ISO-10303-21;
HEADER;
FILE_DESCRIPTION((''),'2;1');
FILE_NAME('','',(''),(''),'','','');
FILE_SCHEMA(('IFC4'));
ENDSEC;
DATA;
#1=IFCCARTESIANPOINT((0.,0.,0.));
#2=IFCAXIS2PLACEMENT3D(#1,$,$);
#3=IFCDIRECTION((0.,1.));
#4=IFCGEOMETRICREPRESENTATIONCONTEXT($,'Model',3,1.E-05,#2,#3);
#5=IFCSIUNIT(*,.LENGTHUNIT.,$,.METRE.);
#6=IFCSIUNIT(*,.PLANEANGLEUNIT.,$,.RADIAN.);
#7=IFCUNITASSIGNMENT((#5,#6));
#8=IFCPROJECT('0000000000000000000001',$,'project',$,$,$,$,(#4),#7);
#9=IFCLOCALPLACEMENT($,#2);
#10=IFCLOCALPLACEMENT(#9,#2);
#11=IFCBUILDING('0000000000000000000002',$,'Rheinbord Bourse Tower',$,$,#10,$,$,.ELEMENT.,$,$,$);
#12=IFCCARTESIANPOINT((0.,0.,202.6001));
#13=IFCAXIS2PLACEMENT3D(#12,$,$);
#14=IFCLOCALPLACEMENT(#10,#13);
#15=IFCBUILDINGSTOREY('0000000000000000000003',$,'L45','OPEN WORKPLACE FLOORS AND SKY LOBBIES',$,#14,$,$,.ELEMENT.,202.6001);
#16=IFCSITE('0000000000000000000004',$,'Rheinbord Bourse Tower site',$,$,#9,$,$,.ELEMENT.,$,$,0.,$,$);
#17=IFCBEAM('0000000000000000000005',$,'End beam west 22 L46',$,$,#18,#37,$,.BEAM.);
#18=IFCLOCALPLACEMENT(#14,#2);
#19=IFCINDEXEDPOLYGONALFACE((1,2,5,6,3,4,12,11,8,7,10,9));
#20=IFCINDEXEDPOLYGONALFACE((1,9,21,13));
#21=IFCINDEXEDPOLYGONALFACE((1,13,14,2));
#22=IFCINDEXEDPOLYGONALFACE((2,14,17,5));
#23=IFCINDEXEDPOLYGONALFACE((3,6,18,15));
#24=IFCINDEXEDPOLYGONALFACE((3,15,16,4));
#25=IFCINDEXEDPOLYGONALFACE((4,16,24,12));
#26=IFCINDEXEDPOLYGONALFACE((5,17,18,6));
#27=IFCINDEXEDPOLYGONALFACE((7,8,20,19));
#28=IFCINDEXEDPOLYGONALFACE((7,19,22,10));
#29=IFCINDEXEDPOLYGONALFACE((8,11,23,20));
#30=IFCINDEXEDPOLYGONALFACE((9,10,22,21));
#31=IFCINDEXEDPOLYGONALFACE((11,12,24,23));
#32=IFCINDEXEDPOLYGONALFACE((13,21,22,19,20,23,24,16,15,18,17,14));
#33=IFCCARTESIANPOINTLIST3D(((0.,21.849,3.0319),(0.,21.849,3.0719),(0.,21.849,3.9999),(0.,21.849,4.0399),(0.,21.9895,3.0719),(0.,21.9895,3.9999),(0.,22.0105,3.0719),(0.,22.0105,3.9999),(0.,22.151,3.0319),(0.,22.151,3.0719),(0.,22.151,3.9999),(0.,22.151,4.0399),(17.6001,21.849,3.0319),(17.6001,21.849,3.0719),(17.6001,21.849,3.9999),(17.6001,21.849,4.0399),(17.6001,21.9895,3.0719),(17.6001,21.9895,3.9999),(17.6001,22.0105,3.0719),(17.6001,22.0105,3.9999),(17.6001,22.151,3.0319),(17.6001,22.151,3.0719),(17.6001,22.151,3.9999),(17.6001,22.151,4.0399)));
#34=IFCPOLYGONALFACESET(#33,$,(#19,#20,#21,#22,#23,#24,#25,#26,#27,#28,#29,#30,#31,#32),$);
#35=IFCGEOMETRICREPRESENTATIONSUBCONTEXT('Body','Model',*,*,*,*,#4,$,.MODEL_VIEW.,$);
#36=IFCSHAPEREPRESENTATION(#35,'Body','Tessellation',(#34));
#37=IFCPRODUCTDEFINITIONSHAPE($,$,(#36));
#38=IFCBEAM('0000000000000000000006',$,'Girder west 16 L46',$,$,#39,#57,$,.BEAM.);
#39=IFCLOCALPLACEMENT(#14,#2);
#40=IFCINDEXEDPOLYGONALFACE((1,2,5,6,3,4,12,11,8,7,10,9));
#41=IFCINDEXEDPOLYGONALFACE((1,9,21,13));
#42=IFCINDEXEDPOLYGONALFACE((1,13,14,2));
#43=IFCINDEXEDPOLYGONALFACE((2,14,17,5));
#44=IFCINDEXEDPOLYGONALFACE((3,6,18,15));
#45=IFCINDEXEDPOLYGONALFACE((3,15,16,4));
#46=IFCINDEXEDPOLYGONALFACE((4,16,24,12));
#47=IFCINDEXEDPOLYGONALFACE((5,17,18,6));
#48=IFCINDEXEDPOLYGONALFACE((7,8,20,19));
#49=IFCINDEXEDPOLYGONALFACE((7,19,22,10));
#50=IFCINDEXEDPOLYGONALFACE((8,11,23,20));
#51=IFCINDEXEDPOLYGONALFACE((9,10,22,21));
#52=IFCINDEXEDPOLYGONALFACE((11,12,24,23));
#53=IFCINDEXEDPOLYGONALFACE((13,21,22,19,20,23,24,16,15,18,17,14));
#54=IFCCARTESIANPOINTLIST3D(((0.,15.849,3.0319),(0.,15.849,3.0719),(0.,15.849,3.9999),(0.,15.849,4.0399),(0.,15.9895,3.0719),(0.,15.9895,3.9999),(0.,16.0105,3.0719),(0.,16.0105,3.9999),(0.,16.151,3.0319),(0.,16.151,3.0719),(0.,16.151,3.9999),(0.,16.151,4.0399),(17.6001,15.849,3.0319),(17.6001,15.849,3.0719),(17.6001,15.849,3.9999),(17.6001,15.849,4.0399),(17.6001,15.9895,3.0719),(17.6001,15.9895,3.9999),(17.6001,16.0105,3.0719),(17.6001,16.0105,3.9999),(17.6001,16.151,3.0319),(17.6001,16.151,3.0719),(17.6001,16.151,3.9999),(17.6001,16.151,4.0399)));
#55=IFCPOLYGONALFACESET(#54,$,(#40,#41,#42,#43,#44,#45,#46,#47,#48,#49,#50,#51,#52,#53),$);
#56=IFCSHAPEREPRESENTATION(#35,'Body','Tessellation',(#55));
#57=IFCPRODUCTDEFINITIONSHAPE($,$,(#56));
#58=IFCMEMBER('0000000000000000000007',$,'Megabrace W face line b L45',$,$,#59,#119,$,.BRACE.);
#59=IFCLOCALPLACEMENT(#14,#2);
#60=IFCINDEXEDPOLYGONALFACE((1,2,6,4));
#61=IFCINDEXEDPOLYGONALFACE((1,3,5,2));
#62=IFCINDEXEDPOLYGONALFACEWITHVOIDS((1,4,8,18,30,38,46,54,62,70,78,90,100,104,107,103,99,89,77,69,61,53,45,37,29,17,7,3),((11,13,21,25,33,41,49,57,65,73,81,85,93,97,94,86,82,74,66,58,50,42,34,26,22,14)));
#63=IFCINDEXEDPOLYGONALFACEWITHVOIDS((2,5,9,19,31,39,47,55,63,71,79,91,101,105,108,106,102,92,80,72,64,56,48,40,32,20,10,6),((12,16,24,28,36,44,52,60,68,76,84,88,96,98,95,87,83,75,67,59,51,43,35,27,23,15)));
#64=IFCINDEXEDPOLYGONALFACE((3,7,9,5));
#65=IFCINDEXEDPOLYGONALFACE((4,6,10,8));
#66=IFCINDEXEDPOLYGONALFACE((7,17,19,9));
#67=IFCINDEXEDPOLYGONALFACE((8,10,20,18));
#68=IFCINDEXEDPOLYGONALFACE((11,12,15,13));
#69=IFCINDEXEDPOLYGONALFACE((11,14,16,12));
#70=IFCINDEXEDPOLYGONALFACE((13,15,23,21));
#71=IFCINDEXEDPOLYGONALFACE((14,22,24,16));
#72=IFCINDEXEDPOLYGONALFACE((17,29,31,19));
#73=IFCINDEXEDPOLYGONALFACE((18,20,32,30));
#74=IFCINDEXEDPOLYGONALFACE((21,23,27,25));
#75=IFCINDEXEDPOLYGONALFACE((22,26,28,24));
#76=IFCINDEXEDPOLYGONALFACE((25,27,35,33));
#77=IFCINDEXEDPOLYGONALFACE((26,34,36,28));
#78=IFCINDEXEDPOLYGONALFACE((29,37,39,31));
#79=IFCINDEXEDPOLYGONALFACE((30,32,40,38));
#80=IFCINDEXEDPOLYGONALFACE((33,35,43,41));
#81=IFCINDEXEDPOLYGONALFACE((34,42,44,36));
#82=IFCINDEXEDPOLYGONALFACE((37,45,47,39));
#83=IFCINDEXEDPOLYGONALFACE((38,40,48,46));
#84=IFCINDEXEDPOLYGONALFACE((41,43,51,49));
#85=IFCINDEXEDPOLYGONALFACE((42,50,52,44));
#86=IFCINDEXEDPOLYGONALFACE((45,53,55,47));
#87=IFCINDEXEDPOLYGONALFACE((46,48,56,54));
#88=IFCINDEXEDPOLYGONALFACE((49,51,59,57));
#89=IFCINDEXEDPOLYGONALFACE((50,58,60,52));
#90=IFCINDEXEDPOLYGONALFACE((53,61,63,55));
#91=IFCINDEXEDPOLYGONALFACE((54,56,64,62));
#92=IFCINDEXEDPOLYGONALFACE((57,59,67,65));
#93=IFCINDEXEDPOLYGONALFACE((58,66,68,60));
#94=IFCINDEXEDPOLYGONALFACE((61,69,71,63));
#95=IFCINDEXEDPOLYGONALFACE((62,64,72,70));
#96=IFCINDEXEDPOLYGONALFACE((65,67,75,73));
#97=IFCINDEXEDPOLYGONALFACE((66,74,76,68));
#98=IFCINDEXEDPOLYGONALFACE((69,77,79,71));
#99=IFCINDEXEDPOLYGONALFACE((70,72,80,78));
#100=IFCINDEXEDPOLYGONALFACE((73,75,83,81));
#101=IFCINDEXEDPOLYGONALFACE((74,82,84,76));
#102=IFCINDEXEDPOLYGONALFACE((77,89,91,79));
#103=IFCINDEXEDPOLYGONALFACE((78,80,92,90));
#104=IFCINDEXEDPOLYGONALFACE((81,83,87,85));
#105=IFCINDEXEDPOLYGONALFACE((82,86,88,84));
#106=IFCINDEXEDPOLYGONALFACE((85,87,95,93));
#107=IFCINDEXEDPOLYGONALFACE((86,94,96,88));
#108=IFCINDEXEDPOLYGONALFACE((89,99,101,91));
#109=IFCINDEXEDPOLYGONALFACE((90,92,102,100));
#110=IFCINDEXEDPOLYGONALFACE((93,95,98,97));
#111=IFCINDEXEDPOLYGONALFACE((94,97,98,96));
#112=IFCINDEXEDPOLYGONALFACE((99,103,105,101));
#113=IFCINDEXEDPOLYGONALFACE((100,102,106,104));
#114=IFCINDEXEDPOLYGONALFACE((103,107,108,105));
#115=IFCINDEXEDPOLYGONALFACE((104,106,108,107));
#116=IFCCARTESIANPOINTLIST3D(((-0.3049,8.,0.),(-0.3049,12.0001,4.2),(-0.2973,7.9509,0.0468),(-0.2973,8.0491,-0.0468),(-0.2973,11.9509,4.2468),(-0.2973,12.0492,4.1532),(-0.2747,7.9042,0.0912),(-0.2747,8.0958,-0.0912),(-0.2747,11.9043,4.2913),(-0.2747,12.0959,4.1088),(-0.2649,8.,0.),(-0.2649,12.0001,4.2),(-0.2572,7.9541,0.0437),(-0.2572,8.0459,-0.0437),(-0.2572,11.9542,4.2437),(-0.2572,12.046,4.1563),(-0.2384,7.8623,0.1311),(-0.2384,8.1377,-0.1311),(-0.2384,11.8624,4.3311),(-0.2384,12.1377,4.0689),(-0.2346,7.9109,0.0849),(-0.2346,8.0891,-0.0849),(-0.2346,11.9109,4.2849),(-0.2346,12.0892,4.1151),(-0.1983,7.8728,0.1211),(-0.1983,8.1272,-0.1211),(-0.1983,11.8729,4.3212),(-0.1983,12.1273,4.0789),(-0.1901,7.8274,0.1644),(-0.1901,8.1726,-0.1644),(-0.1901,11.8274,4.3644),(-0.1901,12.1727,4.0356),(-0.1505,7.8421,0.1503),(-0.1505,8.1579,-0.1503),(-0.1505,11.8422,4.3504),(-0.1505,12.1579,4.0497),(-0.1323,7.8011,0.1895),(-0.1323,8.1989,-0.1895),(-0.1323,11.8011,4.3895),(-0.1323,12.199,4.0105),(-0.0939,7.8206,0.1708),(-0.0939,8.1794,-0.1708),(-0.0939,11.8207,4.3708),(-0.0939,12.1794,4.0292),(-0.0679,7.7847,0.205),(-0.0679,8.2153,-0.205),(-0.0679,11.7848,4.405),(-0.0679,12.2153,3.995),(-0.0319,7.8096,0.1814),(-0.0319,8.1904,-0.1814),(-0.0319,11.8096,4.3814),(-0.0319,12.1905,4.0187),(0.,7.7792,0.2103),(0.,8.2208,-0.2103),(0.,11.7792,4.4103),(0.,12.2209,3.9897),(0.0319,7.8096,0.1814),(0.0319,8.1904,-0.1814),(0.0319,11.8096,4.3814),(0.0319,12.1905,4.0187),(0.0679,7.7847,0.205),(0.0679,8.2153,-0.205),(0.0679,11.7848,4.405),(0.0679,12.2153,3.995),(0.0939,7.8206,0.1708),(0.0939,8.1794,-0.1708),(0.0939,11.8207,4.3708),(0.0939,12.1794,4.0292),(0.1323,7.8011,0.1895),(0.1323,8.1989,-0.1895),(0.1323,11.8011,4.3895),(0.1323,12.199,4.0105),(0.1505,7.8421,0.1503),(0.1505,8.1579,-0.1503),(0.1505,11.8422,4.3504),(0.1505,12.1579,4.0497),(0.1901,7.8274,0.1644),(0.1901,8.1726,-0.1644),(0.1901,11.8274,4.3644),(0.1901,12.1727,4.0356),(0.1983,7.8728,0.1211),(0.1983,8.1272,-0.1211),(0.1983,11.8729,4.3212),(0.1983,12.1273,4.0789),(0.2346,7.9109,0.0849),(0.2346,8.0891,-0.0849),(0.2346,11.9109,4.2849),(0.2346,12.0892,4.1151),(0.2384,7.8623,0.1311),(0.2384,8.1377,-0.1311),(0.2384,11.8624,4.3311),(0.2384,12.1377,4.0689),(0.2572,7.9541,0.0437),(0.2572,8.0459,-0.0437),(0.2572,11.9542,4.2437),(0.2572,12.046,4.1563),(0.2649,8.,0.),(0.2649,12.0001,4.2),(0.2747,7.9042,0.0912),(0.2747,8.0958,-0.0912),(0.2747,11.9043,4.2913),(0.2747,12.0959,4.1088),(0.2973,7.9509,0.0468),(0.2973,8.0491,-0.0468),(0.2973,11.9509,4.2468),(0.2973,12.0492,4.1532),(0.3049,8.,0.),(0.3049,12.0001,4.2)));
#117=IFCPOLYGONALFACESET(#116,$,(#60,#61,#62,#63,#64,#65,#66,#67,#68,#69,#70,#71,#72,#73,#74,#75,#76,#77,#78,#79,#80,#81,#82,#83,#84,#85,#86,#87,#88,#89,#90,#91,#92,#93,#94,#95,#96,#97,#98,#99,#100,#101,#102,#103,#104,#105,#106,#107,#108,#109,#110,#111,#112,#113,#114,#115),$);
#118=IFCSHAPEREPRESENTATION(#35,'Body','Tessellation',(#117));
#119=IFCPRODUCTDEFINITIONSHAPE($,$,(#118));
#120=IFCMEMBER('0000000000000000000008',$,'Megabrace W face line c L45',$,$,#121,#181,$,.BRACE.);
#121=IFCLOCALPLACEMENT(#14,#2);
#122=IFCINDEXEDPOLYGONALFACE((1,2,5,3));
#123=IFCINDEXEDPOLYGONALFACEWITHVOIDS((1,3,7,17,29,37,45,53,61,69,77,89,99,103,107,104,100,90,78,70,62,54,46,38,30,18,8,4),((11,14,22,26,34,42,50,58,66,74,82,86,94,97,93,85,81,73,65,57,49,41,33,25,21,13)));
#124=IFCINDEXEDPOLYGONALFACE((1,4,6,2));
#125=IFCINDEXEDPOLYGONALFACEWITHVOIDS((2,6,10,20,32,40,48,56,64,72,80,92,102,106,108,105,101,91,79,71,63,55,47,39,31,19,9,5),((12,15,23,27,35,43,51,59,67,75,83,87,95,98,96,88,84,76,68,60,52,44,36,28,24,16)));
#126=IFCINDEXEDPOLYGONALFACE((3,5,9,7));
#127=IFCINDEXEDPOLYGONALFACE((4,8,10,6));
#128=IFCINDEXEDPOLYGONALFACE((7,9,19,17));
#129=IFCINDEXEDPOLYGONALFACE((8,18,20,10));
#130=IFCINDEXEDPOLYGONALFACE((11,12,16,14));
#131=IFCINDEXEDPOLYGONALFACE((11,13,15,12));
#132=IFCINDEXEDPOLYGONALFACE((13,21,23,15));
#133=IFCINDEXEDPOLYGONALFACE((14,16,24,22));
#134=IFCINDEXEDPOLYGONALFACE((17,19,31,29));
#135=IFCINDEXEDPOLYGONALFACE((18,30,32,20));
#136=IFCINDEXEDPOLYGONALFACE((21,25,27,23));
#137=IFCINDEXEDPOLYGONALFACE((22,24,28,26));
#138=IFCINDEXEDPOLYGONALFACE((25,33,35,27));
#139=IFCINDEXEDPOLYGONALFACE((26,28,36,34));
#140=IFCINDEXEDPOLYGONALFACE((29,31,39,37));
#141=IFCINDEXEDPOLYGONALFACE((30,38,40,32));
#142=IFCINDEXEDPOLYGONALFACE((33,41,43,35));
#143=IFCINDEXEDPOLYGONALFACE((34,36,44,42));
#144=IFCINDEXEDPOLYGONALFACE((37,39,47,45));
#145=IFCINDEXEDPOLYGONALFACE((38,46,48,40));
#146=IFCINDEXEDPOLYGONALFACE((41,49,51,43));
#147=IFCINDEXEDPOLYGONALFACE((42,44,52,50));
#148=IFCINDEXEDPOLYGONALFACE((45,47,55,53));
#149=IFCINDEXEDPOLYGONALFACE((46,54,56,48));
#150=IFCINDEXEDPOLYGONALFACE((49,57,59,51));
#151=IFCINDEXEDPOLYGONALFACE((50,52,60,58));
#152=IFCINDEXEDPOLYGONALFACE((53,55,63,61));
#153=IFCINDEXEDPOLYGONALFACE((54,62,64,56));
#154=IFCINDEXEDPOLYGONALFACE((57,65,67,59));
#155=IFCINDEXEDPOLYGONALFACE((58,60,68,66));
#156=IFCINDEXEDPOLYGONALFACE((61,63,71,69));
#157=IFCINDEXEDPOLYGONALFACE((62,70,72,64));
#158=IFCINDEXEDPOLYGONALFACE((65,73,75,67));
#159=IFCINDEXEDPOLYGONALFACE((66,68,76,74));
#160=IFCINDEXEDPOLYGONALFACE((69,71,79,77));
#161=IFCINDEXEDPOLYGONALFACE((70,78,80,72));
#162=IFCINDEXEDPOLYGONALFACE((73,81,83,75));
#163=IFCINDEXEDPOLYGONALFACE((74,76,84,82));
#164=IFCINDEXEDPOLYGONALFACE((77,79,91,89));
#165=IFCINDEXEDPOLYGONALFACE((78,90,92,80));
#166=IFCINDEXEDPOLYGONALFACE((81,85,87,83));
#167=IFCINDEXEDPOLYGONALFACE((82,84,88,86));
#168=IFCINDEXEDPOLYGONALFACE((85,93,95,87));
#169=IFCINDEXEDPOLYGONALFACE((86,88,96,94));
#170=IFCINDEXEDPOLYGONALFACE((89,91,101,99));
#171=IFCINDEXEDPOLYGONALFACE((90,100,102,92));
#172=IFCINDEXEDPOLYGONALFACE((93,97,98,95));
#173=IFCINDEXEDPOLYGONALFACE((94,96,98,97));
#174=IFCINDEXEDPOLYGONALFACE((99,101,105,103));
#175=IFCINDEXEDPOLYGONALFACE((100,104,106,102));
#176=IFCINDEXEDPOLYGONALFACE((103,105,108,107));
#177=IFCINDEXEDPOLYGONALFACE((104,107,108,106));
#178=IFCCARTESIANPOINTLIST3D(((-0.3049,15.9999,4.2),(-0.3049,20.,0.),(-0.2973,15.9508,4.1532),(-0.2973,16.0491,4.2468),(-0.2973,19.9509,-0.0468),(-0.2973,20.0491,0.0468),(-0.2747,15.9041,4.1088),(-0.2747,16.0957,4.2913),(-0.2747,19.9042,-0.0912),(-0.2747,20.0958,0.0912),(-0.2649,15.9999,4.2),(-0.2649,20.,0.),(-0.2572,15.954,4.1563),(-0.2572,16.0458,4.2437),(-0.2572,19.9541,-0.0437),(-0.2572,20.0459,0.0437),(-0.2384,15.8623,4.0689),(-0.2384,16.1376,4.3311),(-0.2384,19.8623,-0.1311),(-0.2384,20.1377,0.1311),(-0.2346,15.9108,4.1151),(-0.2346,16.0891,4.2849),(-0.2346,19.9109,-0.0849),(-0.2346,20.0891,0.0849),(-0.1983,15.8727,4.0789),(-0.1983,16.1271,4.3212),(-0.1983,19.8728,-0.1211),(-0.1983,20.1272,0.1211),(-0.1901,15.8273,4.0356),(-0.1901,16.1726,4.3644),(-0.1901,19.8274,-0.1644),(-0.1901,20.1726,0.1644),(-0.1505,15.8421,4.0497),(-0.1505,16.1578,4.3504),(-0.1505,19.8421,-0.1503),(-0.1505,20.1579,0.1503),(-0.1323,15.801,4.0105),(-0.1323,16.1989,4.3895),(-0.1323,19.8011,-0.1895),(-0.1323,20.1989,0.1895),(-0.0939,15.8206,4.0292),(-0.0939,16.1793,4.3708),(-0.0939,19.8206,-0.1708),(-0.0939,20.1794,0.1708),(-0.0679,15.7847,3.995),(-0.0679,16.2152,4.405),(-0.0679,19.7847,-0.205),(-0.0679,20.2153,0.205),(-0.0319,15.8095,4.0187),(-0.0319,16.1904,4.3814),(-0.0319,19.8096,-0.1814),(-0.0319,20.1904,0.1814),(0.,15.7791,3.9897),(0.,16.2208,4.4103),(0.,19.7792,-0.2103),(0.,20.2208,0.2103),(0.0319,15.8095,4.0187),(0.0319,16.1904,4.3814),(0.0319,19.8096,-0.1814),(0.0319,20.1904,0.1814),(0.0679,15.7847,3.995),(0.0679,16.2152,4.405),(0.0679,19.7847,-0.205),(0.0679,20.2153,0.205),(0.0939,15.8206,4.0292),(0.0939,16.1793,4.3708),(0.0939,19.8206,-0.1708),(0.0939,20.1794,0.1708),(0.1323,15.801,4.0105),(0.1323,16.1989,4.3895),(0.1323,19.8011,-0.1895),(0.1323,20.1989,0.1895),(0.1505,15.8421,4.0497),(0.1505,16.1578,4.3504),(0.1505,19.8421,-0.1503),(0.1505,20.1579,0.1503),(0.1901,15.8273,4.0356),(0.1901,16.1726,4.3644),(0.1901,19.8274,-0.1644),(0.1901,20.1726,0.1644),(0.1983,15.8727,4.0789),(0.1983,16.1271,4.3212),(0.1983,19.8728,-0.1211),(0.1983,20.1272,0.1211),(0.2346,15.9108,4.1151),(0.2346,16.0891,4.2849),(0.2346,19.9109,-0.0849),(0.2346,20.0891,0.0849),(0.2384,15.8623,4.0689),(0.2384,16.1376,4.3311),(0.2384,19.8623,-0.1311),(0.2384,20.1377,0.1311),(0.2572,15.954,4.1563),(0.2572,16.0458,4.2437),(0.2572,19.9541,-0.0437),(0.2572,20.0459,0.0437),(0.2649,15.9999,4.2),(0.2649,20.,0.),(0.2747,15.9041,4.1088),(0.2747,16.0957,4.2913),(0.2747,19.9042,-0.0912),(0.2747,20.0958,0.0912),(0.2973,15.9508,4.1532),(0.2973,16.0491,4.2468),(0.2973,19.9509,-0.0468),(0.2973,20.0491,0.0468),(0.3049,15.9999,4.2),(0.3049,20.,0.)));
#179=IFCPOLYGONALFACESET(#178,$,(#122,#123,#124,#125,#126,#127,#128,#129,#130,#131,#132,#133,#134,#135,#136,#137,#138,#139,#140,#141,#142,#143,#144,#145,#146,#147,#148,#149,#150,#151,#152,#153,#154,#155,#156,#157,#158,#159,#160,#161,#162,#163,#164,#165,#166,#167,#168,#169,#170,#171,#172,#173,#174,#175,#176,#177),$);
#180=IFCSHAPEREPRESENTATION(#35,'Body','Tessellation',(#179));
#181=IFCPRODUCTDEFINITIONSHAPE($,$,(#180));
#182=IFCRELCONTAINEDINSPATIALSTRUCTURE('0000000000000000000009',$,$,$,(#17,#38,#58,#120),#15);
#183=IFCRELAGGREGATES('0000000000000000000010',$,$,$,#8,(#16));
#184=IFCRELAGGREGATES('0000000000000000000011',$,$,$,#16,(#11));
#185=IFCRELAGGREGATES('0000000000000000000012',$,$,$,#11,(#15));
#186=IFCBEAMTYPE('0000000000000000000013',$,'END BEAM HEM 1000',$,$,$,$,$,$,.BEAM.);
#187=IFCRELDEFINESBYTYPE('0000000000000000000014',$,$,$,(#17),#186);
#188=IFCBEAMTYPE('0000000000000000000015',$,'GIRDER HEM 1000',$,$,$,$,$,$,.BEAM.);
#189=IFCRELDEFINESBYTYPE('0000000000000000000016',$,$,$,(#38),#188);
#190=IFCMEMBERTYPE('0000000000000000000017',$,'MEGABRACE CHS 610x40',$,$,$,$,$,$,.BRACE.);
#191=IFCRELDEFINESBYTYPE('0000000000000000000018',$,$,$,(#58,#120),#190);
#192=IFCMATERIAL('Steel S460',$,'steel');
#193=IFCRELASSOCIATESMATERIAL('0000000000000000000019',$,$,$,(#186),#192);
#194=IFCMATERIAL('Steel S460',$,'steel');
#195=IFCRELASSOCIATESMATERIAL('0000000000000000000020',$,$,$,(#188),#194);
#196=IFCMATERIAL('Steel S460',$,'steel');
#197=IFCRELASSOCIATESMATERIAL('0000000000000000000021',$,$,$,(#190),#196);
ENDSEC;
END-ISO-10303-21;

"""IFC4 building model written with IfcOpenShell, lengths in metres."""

from ifc_helpers import new_model, si_unit, direction, frame, origin, origin_2d, place, context, subcontext, project, spatial, hollow_circle, i_section, extrude, material, material_profile, profile_set, type_object, element, save


model = new_model("IFC4")

# Units and contexts
model_context = context("Model", 3, precision=1e-05, world=origin(), true_north=direction((0.0, 1.0)))
body_context = subcontext(model_context, "Body", "Model", "MODEL_VIEW")
ifc_project = project(units=[si_unit("LENGTHUNIT", "METRE"), si_unit("PLANEANGLEUNIT", "RADIAN")], contexts=[model_context])

# Site, building, storey
site_placement = place(None, origin())
site = spatial("IfcSite", under=ifc_project, at=site_placement, Name="Rheinbord Bourse Tower site", CompositionType="ELEMENT", RefElevation=0.0)
building_placement = place(site_placement, origin())
building = spatial("IfcBuilding", under=site, at=building_placement, Name="Rheinbord Bourse Tower", CompositionType="ELEMENT")
storey_placement = place(building_placement, frame((0.0, 0.0, 202.6001)))
storey = spatial("IfcBuildingStorey", under=building, at=storey_placement, Name="L45", Description="OPEN WORKPLACE FLOORS AND SKY LOBBIES", CompositionType="ELEMENT", Elevation=202.6001)

# Beams
ifc_material_1 = material(Name="Steel S460", Category="steel")
ifc_material_profile_1 = material_profile(ifc_material_1, i_section(OverallWidth=0.302, OverallDepth=1.0081, WebThickness=0.021, FlangeThickness=0.04, at=origin_2d()), Name="HEM 1000")
ifc_profile_set_1 = profile_set([ifc_material_profile_1], Name="Steel S460")
beam_type_1 = type_object("IfcBeamType", Name="END BEAM HEM 1000", PredefinedType="BEAM", material=ifc_profile_set_1)
for number, where, z_axis, x_axis, name in (
    (1, (0.0, 22.0, 3.5359), (1.0, 0.0, 0.0), (0.0, 1.0, 0.0), "End beam west 22 L46"),
):
    element("IfcBeam", number, at=place(storey_placement, frame(where, z_axis=z_axis, x_axis=x_axis)), inside=storey, type_object=beam_type_1, Name=name, PredefinedType="BEAM", context=body_context, shape_type="SweptSolid", body=[
        extrude(i_section(OverallWidth=0.302, OverallDepth=1.0081, WebThickness=0.021, FlangeThickness=0.04, at=origin_2d()), origin(), (0.0, 0.0, 1.0), 17.6001),
    ])
ifc_material_2 = material(Name="Steel S460", Category="steel")
ifc_material_profile_2 = material_profile(ifc_material_2, i_section(OverallWidth=0.302, OverallDepth=1.0081, WebThickness=0.021, FlangeThickness=0.04, at=origin_2d()), Name="HEM 1000")
ifc_profile_set_2 = profile_set([ifc_material_profile_2], Name="Steel S460")
beam_type_2 = type_object("IfcBeamType", Name="GIRDER HEM 1000", PredefinedType="BEAM", material=ifc_profile_set_2)
beam_1_placement = place(storey_placement, frame((0.0, 16.0, 3.5359), z_axis=(1.0, 0.0, 0.0), x_axis=(0.0, 1.0, 0.0)))
element("IfcBeam", 2, at=beam_1_placement, inside=storey, type_object=beam_type_2, Name="Girder west 16 L46", PredefinedType="BEAM", context=body_context, shape_type="SweptSolid", body=[
    extrude(i_section(OverallWidth=0.302, OverallDepth=1.0081, WebThickness=0.021, FlangeThickness=0.04, at=origin_2d()), origin(), (0.0, 0.0, 1.0), 17.6001),
])

# Members
ifc_material_3 = material(Name="Steel S460", Category="steel")
ifc_material_profile_3 = material_profile(ifc_material_3, hollow_circle(Radius=0.3049, WallThickness=0.04, at=origin_2d()), Name="CHS 610x40")
ifc_profile_set_3 = profile_set([ifc_material_profile_3], Name="Steel S460")
member_type_1 = type_object("IfcMemberType", Name="MEGABRACE CHS 610x40", PredefinedType="BRACE", material=ifc_profile_set_3)
for number, where, z_axis, x_axis, name in (
    (3, (0.0, 8.0, 0.0), (0.0, 0.689659, 0.724134), (-1.0, 0.0, 0.0), "Megabrace W face line b L45"),
    (4, (0.0, 20.0, 0.0), (0.0, -0.689659, 0.724134), (1.0, 0.0, 0.0), "Megabrace W face line c L45"),
):
    element("IfcMember", number, at=place(storey_placement, frame(where, z_axis=z_axis, x_axis=x_axis)), inside=storey, type_object=member_type_1, Name=name, PredefinedType="BRACE", context=body_context, shape_type="SweptSolid", body=[
        extrude(hollow_circle(Radius=0.3049, WallThickness=0.04, at=origin_2d()), origin(), (0.0, 0.0, 1.0), 5.8),
    ])

save(model, "model.ifc")
